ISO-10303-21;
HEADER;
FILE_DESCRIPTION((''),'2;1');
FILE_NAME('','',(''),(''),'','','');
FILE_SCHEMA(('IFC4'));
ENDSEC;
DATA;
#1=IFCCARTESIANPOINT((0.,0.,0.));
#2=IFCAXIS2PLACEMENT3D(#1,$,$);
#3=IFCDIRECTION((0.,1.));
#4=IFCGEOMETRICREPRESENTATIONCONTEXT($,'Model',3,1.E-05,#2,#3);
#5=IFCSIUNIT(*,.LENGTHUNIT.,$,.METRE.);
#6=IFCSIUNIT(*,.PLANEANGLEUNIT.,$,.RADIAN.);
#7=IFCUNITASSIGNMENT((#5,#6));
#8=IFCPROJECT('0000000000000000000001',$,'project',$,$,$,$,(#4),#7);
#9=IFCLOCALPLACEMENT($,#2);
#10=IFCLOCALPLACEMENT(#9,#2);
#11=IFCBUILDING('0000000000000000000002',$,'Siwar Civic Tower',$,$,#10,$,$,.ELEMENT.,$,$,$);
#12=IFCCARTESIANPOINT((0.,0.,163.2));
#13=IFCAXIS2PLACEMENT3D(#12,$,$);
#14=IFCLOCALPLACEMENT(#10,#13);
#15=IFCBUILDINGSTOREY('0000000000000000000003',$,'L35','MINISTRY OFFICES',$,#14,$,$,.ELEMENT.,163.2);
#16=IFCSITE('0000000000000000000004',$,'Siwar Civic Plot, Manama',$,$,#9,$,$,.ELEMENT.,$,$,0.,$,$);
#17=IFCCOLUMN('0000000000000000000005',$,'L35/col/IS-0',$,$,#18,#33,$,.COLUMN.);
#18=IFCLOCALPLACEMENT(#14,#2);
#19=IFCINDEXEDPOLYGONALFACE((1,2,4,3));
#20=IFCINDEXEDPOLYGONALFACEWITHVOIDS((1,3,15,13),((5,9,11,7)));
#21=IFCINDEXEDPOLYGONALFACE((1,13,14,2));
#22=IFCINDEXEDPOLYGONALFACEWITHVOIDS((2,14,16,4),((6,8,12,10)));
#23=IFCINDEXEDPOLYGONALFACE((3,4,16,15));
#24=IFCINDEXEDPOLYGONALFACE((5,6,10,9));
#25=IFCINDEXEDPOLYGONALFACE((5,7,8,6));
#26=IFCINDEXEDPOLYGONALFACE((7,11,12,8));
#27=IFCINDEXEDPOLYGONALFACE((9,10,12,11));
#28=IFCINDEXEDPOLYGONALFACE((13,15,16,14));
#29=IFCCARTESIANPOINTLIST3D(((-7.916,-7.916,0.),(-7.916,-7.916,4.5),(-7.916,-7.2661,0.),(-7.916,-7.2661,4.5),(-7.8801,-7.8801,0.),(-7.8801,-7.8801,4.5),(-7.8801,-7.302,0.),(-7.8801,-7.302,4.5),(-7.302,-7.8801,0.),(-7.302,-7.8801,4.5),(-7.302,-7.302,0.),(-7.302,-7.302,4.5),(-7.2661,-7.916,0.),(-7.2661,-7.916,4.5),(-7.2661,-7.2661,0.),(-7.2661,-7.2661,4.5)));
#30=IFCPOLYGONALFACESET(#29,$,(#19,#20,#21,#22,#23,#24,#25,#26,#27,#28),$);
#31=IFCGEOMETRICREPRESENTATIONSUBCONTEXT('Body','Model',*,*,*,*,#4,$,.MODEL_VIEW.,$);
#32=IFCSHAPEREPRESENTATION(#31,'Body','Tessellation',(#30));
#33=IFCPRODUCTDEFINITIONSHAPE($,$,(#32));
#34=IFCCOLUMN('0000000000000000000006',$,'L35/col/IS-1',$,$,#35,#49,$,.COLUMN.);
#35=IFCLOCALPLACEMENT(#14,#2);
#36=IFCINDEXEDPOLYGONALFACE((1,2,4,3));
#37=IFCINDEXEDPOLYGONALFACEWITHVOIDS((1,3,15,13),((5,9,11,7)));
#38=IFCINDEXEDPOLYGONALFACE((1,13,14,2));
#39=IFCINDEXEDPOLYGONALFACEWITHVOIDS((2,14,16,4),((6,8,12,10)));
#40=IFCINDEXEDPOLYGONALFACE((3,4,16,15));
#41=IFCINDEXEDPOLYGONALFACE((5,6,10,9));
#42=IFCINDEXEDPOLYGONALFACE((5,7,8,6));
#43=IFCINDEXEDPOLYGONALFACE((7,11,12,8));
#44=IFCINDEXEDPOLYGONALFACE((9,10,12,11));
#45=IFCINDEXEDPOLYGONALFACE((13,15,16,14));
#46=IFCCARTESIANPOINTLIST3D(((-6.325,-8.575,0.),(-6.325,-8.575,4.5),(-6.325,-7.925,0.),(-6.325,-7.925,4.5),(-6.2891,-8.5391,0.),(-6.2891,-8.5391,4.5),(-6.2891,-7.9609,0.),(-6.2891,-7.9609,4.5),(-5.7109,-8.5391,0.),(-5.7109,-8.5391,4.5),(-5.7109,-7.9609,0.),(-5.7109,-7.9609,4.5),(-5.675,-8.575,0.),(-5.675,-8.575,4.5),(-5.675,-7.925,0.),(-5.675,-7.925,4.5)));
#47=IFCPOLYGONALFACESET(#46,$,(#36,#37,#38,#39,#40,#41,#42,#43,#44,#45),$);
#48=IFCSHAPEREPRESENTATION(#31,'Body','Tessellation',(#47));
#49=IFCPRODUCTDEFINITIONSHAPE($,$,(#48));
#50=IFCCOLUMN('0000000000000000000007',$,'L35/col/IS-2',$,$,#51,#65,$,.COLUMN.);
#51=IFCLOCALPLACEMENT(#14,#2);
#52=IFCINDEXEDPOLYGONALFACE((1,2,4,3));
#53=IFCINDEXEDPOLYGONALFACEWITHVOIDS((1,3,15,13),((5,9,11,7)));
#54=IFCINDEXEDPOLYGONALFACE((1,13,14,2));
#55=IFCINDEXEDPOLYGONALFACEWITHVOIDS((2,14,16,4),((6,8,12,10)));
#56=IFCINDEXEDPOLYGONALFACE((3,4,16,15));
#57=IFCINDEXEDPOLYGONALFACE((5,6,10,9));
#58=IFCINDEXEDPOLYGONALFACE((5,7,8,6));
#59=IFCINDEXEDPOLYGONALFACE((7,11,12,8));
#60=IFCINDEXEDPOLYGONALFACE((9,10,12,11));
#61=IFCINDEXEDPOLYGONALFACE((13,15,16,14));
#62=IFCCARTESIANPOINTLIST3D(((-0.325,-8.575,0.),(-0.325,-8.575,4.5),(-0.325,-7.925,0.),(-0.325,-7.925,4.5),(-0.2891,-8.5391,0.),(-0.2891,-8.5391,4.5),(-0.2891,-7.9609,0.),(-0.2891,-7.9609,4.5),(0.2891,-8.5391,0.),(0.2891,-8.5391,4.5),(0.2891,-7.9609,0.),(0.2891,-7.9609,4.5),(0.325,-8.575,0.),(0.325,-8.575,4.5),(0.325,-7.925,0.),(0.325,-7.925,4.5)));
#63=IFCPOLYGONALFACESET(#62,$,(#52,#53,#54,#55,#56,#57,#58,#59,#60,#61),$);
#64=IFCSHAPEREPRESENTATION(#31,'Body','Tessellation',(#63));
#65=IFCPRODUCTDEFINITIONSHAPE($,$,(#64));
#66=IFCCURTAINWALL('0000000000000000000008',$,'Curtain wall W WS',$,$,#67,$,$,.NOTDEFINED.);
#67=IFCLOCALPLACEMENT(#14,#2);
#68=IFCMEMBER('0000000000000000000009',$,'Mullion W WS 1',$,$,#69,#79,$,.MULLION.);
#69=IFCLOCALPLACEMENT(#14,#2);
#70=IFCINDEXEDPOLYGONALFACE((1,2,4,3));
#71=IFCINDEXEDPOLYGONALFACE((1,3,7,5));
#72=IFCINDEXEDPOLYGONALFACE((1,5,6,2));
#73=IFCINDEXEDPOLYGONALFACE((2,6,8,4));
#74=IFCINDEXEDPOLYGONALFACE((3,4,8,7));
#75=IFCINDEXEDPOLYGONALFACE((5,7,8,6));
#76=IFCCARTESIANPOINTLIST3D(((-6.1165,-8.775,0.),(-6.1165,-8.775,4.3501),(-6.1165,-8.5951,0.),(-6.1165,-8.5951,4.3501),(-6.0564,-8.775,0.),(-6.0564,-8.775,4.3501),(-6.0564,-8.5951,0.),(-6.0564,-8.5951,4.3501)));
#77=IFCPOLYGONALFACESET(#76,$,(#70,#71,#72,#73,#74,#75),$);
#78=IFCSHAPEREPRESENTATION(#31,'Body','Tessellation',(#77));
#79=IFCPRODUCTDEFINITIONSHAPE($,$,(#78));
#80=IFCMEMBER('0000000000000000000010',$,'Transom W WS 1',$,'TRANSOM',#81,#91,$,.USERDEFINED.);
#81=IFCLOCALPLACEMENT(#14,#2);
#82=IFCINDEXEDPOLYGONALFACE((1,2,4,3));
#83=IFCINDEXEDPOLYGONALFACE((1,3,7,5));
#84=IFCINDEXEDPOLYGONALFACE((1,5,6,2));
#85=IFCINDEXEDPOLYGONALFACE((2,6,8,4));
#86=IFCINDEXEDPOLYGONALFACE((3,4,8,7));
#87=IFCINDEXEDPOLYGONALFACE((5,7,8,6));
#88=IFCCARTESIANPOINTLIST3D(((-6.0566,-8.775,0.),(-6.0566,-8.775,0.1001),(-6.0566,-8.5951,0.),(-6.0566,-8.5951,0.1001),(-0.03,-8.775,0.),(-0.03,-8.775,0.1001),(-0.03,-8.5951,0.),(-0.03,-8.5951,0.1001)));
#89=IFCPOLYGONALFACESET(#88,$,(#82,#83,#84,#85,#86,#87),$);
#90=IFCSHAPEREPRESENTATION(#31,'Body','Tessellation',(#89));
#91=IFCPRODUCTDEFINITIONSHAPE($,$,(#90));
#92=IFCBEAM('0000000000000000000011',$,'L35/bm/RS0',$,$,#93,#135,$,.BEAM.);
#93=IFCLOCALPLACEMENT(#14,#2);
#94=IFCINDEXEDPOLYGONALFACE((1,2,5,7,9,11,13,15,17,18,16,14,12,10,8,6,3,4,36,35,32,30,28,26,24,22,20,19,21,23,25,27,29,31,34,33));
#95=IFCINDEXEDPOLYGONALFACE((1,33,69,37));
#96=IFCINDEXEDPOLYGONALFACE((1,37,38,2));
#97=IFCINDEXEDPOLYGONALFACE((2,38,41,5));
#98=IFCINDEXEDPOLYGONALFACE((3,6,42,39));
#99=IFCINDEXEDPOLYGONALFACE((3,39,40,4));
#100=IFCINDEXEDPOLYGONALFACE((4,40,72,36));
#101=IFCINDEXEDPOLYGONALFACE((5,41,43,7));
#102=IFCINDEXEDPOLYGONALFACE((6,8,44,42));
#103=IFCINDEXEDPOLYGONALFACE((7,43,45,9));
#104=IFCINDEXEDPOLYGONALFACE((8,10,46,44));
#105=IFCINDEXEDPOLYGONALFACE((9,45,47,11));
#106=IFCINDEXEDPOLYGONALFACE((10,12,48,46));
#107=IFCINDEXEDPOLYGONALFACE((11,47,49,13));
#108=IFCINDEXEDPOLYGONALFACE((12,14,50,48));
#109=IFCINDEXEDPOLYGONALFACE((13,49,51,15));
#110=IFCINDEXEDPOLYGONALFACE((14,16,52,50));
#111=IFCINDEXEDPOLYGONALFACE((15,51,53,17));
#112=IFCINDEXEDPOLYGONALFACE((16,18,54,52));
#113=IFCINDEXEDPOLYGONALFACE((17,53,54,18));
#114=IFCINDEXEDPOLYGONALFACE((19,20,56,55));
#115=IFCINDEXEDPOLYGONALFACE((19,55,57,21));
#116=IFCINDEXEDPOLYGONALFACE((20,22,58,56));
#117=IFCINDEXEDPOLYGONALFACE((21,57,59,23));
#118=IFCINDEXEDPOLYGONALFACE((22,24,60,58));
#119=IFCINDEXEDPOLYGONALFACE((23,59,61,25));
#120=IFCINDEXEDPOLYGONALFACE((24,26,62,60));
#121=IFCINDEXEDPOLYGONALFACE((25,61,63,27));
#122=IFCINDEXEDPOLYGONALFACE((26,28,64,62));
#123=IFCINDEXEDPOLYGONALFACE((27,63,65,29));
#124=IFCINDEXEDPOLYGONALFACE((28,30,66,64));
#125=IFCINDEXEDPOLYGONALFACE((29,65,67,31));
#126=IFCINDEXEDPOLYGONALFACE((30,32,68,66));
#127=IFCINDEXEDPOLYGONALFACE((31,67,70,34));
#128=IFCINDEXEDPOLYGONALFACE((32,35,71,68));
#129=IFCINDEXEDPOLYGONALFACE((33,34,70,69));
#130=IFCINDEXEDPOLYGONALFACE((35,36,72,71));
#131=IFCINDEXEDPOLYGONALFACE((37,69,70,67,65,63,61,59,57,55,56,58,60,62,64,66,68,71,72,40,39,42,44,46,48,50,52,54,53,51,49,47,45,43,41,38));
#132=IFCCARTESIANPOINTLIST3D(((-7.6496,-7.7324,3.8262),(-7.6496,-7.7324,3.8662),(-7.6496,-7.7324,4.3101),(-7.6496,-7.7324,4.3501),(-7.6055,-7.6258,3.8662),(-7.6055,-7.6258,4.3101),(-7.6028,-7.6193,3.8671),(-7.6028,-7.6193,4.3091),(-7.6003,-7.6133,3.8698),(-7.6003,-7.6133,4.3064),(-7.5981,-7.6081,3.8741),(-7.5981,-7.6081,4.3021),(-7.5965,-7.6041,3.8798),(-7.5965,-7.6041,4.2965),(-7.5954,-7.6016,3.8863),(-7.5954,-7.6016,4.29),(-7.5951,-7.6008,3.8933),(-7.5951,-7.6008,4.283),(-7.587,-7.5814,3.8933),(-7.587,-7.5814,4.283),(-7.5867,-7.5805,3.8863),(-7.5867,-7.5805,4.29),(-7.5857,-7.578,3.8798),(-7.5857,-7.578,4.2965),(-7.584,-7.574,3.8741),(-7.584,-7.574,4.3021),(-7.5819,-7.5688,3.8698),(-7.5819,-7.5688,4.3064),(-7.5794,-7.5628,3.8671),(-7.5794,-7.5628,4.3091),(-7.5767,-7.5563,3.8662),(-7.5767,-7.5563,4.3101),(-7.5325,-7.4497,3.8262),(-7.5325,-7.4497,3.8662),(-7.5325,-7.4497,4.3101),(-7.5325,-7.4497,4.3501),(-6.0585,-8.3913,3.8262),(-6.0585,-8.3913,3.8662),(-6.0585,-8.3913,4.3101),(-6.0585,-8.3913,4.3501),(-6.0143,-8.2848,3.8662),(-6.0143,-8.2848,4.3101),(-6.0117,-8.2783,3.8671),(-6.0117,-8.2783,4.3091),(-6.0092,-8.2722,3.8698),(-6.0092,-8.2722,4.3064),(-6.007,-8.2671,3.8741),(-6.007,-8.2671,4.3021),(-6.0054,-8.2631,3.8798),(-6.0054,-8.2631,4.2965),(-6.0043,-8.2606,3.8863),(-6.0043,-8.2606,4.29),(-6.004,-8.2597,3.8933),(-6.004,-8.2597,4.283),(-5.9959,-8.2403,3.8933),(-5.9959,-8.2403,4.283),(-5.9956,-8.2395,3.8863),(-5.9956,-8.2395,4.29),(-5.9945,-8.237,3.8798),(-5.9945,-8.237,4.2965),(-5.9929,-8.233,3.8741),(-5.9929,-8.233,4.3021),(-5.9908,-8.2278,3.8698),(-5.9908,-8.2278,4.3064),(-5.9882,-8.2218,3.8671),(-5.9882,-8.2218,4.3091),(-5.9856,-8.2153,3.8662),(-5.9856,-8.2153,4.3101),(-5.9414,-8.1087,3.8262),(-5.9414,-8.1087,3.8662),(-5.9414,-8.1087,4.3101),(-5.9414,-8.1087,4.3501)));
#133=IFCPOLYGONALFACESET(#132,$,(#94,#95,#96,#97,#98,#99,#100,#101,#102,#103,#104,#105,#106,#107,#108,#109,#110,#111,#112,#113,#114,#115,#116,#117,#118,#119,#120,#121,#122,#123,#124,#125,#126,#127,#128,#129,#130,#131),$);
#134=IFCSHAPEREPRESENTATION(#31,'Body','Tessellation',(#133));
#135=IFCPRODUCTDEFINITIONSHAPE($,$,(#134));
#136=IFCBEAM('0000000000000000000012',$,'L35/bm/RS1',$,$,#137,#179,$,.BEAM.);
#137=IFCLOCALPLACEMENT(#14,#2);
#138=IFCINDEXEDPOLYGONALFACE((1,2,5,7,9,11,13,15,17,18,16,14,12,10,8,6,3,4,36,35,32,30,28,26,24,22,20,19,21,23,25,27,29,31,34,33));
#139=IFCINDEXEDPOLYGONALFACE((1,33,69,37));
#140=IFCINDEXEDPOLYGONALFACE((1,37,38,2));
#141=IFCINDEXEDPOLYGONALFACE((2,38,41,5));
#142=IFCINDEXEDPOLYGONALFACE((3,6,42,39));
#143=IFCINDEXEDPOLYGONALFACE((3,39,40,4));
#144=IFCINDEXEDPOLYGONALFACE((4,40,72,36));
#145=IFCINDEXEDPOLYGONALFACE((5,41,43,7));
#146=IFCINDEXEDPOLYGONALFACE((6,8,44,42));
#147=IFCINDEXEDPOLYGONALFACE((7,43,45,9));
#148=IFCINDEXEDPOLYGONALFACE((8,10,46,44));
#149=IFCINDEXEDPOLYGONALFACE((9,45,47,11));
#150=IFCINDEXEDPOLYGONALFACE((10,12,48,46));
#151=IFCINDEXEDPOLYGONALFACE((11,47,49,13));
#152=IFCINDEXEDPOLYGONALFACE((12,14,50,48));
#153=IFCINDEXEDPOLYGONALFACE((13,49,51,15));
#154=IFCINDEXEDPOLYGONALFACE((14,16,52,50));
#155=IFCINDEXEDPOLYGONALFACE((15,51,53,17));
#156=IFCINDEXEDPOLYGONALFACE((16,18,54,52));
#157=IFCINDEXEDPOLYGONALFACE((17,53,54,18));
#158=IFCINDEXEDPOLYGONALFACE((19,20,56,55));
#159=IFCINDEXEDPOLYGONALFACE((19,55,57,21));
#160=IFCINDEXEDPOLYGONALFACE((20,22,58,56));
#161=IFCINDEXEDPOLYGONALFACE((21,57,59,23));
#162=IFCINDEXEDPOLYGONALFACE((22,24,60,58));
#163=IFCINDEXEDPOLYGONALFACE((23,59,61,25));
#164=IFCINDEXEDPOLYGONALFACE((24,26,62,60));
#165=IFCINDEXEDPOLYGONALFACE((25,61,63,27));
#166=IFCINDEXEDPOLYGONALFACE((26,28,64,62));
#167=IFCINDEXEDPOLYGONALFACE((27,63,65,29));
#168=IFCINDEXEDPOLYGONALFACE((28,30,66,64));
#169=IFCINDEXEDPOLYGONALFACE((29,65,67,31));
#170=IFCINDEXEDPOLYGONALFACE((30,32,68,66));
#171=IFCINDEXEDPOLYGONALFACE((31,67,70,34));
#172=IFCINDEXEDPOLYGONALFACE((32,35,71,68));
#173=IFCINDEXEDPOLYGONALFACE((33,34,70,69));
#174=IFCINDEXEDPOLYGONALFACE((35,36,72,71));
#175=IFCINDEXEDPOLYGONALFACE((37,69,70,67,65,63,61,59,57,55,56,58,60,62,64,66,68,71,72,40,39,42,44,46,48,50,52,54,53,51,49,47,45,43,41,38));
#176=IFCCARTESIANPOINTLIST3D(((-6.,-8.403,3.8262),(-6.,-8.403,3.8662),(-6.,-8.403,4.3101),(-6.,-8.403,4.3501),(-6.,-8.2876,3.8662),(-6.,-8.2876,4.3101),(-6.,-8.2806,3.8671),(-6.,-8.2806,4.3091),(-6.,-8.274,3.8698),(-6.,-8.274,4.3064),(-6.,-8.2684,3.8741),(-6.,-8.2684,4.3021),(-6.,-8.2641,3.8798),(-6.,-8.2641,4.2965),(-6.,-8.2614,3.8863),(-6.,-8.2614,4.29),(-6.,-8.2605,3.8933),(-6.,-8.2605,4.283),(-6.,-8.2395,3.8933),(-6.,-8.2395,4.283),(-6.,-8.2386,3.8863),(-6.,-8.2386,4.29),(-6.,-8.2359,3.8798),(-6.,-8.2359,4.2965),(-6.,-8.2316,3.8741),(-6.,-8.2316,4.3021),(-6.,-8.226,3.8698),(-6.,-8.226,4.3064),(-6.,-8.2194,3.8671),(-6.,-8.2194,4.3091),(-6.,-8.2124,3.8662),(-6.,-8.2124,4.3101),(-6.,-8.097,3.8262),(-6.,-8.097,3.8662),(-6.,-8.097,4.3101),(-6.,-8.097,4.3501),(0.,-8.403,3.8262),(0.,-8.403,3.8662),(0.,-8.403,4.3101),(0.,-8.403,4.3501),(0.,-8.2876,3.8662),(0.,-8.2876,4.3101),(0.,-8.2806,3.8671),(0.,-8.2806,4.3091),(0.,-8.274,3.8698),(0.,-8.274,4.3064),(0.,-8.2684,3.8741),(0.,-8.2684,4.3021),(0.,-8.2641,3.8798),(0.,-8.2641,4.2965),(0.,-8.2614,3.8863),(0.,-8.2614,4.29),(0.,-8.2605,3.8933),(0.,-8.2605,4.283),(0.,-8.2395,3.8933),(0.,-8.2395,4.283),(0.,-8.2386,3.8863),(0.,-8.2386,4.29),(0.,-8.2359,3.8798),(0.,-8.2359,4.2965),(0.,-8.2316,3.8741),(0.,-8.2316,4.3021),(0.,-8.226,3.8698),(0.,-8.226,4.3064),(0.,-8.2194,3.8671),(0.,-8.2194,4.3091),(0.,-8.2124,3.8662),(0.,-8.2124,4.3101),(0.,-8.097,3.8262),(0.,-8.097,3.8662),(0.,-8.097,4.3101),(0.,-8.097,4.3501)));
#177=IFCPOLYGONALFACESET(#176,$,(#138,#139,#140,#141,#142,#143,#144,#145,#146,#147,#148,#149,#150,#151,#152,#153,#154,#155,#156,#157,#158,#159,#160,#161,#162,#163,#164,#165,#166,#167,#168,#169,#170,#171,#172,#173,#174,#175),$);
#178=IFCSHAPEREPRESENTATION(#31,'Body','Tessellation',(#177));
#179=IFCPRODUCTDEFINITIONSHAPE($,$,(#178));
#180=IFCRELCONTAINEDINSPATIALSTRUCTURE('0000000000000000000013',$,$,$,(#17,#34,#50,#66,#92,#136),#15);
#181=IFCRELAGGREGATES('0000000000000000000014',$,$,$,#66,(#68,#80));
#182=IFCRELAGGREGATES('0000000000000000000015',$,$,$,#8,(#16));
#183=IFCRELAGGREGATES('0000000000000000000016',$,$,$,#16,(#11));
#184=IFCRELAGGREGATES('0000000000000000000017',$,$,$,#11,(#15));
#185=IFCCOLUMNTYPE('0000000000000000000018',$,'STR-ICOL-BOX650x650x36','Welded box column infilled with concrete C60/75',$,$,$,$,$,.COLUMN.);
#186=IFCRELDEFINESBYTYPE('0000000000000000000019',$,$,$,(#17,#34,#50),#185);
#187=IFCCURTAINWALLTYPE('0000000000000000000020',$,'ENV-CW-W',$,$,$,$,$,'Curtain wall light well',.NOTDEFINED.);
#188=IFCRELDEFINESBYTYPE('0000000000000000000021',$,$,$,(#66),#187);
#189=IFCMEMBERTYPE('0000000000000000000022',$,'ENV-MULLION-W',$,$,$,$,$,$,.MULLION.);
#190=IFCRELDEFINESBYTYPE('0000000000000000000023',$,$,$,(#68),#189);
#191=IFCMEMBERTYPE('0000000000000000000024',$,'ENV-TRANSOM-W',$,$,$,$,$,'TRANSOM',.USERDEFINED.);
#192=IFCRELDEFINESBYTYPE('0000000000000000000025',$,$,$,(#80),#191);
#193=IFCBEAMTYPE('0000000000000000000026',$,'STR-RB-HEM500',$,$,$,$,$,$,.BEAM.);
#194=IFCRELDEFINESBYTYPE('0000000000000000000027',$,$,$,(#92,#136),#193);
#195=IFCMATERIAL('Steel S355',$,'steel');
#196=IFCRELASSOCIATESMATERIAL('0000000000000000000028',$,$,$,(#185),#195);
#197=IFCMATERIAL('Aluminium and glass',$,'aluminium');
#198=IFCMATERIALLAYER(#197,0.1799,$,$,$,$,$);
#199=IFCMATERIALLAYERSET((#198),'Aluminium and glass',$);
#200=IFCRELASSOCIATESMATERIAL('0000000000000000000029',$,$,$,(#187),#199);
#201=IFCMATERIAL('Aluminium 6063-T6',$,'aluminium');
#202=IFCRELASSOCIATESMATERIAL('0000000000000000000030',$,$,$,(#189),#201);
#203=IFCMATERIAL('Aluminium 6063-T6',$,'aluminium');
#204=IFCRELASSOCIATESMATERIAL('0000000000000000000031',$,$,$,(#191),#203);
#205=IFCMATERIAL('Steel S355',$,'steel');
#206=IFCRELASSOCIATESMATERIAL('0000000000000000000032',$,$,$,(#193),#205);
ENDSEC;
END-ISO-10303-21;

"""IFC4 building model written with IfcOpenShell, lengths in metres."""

from ifc_helpers import new_model, si_unit, direction, frame, origin, origin_2d, place, context, subcontext, project, spatial, rectangle, hollow_rectangle, i_section, extrude, material, layer, layer_set, material_profile, profile_set, type_object, element, aggregate, save


model = new_model("IFC4")

# Units and contexts
model_context = context("Model", 3, precision=1e-05, world=origin(), true_north=direction((0.0, 1.0)))
body_context = subcontext(model_context, "Body", "Model", "MODEL_VIEW")
ifc_project = project(units=[si_unit("LENGTHUNIT", "METRE"), si_unit("PLANEANGLEUNIT", "RADIAN")], contexts=[model_context])

# Site, building, storey
site_placement = place(None, origin())
site = spatial("IfcSite", under=ifc_project, at=site_placement, Name="Siwar Civic Plot, Manama", CompositionType="ELEMENT", RefElevation=0.0)
building_placement = place(site_placement, origin())
building = spatial("IfcBuilding", under=site, at=building_placement, Name="Siwar Civic Tower", CompositionType="ELEMENT")
storey_placement = place(building_placement, frame((0.0, 0.0, 163.2)))
storey = spatial("IfcBuildingStorey", under=building, at=storey_placement, Name="L35", Description="MINISTRY OFFICES", CompositionType="ELEMENT", Elevation=163.2)

# Columns
ifc_material_1 = material(Name="Steel S355", Category="steel")
ifc_material_profile_1 = material_profile(ifc_material_1, hollow_rectangle(XDim=0.6499, YDim=0.6499, WallThickness=0.0359, at=origin_2d()), Name="BOX650x650x36")
ifc_profile_set_1 = profile_set([ifc_material_profile_1], Name="Steel S355")
column_type = type_object("IfcColumnType", Name="STR-ICOL-BOX650x650x36", Description="Welded box column infilled with concrete C60/75", PredefinedType="COLUMN", material=ifc_profile_set_1)
for number, where, z_axis, x_axis, name in (
    (1, (-7.5911, -7.5911, 0.0), (0.0, 0.0, 1.0), (1.0, 0.0, 0.0), "L35/col/IS-0"),
    (2, (-6.0, -8.25, 0.0), (0.0, 0.0, 1.0), (1.0, 0.0, 0.0), "L35/col/IS-1"),
    (3, (0.0, -8.25, 0.0), (0.0, 0.0, 1.0), (1.0, 0.0, 0.0), "L35/col/IS-2"),
):
    element("IfcColumn", number, at=place(storey_placement, frame(where, z_axis=z_axis, x_axis=x_axis)), inside=storey, type_object=column_type, Name=name, PredefinedType="COLUMN", context=body_context, shape_type="SweptSolid", body=[
        extrude(hollow_rectangle(XDim=0.6499, YDim=0.6499, WallThickness=0.0359, at=origin_2d()), origin(), (0.0, 0.0, 1.0), 4.5),
    ])

# Curtain wall, members
ifc_material_2 = material(Name="Aluminium and glass", Category="aluminium")
ifc_layer_1 = layer(ifc_material_2, 0.1799)
ifc_layer_set_1 = layer_set([ifc_layer_1], Name="Aluminium and glass")
curtain_wall_type = type_object("IfcCurtainWallType", Name="ENV-CW-W", ElementType="Curtain wall light well", PredefinedType="NOTDEFINED", material=ifc_layer_set_1)
curtain_wall_placement = place(storey_placement, origin())
curtain_wall = element("IfcCurtainWall", 4, at=curtain_wall_placement, inside=storey, type_object=curtain_wall_type, Name="Curtain wall W WS", PredefinedType="NOTDEFINED")
ifc_material_3 = material(Name="Aluminium 6063-T6", Category="aluminium")
ifc_material_profile_2 = material_profile(ifc_material_3, rectangle(XDim=0.1799, YDim=0.0601, at=origin_2d()), Name="AL 180x60")
ifc_profile_set_2 = profile_set([ifc_material_profile_2], Name="Aluminium 6063-T6")
member_type_1 = type_object("IfcMemberType", Name="ENV-MULLION-W", PredefinedType="MULLION", material=ifc_profile_set_2)
member_1_placement = place(storey_placement, frame((-6.0864, -8.6851, 0.0), z_axis=(0.0, 0.0, 1.0), x_axis=(0.0, 1.0, 0.0)))
member_1 = element("IfcMember", 5, at=member_1_placement, type_object=member_type_1, Name="Mullion W WS 1", PredefinedType="MULLION", context=body_context, shape_type="SweptSolid", body=[
    extrude(rectangle(XDim=0.1799, YDim=0.0601, at=origin_2d()), origin(), (0.0, 0.0, 1.0), 4.3501),
])
ifc_material_4 = material(Name="Aluminium 6063-T6", Category="aluminium")
ifc_material_profile_3 = material_profile(ifc_material_4, rectangle(XDim=0.1799, YDim=0.1001, at=origin_2d()), Name="AL 180x100")
ifc_profile_set_3 = profile_set([ifc_material_profile_3], Name="Aluminium 6063-T6")
member_type_2 = type_object("IfcMemberType", Name="ENV-TRANSOM-W", ElementType="TRANSOM", PredefinedType="USERDEFINED", material=ifc_profile_set_3)
member_2_placement = place(storey_placement, frame((-6.0566, -8.6851, 0.05), z_axis=(1.0, 0.0, 0.0), x_axis=(0.0, 1.0, 0.0)))
member_2 = element("IfcMember", 6, at=member_2_placement, type_object=member_type_2, Name="Transom W WS 1", ObjectType="TRANSOM", PredefinedType="USERDEFINED", context=body_context, shape_type="SweptSolid", body=[
    extrude(rectangle(XDim=0.1799, YDim=0.1001, at=origin_2d()), origin(), (0.0, 0.0, 1.0), 6.0266),
])

# Beams
ifc_material_5 = material(Name="Steel S355", Category="steel")
ifc_material_profile_4 = material_profile(ifc_material_5, i_section(OverallWidth=0.3059, OverallDepth=0.5239, WebThickness=0.021, FlangeThickness=0.04, FilletRadius=0.0271, at=origin_2d()), Name="HEM500")
ifc_profile_set_4 = profile_set([ifc_material_profile_4], Name="Steel S355")
beam_type = type_object("IfcBeamType", Name="STR-RB-HEM500", PredefinedType="BEAM", material=ifc_profile_set_4)
beam_1_placement = place(storey_placement, frame((-7.5911, -7.5911, 4.0881), z_axis=(0.923901, -0.382631, 0.0), x_axis=(0.382631, 0.923901, 0.0)))
element("IfcBeam", 7, at=beam_1_placement, inside=storey, type_object=beam_type, Name="L35/bm/RS0", PredefinedType="BEAM", context=body_context, shape_type="SweptSolid", body=[
    extrude(i_section(OverallWidth=0.3059, OverallDepth=0.5239, WebThickness=0.021, FlangeThickness=0.04, FilletRadius=0.0271, at=origin_2d()), origin(), (0.0, 0.0, 1.0), 1.7222),
])
for number, where, z_axis, x_axis, name in (
    (8, (-6.0, -8.25, 4.0881), (1.0, 0.0, 0.0), (0.0, 1.0, 0.0), "L35/bm/RS1"),
):
    element("IfcBeam", number, at=place(storey_placement, frame(where, z_axis=z_axis, x_axis=x_axis)), inside=storey, type_object=beam_type, Name=name, PredefinedType="BEAM", context=body_context, shape_type="SweptSolid", body=[
        extrude(i_section(OverallWidth=0.3059, OverallDepth=0.5239, WebThickness=0.021, FlangeThickness=0.04, FilletRadius=0.0271, at=origin_2d()), origin(), (0.0, 0.0, 1.0), 6.0),
    ])

aggregate(curtain_wall, [member_1, member_2])

save(model, "model.ifc")
